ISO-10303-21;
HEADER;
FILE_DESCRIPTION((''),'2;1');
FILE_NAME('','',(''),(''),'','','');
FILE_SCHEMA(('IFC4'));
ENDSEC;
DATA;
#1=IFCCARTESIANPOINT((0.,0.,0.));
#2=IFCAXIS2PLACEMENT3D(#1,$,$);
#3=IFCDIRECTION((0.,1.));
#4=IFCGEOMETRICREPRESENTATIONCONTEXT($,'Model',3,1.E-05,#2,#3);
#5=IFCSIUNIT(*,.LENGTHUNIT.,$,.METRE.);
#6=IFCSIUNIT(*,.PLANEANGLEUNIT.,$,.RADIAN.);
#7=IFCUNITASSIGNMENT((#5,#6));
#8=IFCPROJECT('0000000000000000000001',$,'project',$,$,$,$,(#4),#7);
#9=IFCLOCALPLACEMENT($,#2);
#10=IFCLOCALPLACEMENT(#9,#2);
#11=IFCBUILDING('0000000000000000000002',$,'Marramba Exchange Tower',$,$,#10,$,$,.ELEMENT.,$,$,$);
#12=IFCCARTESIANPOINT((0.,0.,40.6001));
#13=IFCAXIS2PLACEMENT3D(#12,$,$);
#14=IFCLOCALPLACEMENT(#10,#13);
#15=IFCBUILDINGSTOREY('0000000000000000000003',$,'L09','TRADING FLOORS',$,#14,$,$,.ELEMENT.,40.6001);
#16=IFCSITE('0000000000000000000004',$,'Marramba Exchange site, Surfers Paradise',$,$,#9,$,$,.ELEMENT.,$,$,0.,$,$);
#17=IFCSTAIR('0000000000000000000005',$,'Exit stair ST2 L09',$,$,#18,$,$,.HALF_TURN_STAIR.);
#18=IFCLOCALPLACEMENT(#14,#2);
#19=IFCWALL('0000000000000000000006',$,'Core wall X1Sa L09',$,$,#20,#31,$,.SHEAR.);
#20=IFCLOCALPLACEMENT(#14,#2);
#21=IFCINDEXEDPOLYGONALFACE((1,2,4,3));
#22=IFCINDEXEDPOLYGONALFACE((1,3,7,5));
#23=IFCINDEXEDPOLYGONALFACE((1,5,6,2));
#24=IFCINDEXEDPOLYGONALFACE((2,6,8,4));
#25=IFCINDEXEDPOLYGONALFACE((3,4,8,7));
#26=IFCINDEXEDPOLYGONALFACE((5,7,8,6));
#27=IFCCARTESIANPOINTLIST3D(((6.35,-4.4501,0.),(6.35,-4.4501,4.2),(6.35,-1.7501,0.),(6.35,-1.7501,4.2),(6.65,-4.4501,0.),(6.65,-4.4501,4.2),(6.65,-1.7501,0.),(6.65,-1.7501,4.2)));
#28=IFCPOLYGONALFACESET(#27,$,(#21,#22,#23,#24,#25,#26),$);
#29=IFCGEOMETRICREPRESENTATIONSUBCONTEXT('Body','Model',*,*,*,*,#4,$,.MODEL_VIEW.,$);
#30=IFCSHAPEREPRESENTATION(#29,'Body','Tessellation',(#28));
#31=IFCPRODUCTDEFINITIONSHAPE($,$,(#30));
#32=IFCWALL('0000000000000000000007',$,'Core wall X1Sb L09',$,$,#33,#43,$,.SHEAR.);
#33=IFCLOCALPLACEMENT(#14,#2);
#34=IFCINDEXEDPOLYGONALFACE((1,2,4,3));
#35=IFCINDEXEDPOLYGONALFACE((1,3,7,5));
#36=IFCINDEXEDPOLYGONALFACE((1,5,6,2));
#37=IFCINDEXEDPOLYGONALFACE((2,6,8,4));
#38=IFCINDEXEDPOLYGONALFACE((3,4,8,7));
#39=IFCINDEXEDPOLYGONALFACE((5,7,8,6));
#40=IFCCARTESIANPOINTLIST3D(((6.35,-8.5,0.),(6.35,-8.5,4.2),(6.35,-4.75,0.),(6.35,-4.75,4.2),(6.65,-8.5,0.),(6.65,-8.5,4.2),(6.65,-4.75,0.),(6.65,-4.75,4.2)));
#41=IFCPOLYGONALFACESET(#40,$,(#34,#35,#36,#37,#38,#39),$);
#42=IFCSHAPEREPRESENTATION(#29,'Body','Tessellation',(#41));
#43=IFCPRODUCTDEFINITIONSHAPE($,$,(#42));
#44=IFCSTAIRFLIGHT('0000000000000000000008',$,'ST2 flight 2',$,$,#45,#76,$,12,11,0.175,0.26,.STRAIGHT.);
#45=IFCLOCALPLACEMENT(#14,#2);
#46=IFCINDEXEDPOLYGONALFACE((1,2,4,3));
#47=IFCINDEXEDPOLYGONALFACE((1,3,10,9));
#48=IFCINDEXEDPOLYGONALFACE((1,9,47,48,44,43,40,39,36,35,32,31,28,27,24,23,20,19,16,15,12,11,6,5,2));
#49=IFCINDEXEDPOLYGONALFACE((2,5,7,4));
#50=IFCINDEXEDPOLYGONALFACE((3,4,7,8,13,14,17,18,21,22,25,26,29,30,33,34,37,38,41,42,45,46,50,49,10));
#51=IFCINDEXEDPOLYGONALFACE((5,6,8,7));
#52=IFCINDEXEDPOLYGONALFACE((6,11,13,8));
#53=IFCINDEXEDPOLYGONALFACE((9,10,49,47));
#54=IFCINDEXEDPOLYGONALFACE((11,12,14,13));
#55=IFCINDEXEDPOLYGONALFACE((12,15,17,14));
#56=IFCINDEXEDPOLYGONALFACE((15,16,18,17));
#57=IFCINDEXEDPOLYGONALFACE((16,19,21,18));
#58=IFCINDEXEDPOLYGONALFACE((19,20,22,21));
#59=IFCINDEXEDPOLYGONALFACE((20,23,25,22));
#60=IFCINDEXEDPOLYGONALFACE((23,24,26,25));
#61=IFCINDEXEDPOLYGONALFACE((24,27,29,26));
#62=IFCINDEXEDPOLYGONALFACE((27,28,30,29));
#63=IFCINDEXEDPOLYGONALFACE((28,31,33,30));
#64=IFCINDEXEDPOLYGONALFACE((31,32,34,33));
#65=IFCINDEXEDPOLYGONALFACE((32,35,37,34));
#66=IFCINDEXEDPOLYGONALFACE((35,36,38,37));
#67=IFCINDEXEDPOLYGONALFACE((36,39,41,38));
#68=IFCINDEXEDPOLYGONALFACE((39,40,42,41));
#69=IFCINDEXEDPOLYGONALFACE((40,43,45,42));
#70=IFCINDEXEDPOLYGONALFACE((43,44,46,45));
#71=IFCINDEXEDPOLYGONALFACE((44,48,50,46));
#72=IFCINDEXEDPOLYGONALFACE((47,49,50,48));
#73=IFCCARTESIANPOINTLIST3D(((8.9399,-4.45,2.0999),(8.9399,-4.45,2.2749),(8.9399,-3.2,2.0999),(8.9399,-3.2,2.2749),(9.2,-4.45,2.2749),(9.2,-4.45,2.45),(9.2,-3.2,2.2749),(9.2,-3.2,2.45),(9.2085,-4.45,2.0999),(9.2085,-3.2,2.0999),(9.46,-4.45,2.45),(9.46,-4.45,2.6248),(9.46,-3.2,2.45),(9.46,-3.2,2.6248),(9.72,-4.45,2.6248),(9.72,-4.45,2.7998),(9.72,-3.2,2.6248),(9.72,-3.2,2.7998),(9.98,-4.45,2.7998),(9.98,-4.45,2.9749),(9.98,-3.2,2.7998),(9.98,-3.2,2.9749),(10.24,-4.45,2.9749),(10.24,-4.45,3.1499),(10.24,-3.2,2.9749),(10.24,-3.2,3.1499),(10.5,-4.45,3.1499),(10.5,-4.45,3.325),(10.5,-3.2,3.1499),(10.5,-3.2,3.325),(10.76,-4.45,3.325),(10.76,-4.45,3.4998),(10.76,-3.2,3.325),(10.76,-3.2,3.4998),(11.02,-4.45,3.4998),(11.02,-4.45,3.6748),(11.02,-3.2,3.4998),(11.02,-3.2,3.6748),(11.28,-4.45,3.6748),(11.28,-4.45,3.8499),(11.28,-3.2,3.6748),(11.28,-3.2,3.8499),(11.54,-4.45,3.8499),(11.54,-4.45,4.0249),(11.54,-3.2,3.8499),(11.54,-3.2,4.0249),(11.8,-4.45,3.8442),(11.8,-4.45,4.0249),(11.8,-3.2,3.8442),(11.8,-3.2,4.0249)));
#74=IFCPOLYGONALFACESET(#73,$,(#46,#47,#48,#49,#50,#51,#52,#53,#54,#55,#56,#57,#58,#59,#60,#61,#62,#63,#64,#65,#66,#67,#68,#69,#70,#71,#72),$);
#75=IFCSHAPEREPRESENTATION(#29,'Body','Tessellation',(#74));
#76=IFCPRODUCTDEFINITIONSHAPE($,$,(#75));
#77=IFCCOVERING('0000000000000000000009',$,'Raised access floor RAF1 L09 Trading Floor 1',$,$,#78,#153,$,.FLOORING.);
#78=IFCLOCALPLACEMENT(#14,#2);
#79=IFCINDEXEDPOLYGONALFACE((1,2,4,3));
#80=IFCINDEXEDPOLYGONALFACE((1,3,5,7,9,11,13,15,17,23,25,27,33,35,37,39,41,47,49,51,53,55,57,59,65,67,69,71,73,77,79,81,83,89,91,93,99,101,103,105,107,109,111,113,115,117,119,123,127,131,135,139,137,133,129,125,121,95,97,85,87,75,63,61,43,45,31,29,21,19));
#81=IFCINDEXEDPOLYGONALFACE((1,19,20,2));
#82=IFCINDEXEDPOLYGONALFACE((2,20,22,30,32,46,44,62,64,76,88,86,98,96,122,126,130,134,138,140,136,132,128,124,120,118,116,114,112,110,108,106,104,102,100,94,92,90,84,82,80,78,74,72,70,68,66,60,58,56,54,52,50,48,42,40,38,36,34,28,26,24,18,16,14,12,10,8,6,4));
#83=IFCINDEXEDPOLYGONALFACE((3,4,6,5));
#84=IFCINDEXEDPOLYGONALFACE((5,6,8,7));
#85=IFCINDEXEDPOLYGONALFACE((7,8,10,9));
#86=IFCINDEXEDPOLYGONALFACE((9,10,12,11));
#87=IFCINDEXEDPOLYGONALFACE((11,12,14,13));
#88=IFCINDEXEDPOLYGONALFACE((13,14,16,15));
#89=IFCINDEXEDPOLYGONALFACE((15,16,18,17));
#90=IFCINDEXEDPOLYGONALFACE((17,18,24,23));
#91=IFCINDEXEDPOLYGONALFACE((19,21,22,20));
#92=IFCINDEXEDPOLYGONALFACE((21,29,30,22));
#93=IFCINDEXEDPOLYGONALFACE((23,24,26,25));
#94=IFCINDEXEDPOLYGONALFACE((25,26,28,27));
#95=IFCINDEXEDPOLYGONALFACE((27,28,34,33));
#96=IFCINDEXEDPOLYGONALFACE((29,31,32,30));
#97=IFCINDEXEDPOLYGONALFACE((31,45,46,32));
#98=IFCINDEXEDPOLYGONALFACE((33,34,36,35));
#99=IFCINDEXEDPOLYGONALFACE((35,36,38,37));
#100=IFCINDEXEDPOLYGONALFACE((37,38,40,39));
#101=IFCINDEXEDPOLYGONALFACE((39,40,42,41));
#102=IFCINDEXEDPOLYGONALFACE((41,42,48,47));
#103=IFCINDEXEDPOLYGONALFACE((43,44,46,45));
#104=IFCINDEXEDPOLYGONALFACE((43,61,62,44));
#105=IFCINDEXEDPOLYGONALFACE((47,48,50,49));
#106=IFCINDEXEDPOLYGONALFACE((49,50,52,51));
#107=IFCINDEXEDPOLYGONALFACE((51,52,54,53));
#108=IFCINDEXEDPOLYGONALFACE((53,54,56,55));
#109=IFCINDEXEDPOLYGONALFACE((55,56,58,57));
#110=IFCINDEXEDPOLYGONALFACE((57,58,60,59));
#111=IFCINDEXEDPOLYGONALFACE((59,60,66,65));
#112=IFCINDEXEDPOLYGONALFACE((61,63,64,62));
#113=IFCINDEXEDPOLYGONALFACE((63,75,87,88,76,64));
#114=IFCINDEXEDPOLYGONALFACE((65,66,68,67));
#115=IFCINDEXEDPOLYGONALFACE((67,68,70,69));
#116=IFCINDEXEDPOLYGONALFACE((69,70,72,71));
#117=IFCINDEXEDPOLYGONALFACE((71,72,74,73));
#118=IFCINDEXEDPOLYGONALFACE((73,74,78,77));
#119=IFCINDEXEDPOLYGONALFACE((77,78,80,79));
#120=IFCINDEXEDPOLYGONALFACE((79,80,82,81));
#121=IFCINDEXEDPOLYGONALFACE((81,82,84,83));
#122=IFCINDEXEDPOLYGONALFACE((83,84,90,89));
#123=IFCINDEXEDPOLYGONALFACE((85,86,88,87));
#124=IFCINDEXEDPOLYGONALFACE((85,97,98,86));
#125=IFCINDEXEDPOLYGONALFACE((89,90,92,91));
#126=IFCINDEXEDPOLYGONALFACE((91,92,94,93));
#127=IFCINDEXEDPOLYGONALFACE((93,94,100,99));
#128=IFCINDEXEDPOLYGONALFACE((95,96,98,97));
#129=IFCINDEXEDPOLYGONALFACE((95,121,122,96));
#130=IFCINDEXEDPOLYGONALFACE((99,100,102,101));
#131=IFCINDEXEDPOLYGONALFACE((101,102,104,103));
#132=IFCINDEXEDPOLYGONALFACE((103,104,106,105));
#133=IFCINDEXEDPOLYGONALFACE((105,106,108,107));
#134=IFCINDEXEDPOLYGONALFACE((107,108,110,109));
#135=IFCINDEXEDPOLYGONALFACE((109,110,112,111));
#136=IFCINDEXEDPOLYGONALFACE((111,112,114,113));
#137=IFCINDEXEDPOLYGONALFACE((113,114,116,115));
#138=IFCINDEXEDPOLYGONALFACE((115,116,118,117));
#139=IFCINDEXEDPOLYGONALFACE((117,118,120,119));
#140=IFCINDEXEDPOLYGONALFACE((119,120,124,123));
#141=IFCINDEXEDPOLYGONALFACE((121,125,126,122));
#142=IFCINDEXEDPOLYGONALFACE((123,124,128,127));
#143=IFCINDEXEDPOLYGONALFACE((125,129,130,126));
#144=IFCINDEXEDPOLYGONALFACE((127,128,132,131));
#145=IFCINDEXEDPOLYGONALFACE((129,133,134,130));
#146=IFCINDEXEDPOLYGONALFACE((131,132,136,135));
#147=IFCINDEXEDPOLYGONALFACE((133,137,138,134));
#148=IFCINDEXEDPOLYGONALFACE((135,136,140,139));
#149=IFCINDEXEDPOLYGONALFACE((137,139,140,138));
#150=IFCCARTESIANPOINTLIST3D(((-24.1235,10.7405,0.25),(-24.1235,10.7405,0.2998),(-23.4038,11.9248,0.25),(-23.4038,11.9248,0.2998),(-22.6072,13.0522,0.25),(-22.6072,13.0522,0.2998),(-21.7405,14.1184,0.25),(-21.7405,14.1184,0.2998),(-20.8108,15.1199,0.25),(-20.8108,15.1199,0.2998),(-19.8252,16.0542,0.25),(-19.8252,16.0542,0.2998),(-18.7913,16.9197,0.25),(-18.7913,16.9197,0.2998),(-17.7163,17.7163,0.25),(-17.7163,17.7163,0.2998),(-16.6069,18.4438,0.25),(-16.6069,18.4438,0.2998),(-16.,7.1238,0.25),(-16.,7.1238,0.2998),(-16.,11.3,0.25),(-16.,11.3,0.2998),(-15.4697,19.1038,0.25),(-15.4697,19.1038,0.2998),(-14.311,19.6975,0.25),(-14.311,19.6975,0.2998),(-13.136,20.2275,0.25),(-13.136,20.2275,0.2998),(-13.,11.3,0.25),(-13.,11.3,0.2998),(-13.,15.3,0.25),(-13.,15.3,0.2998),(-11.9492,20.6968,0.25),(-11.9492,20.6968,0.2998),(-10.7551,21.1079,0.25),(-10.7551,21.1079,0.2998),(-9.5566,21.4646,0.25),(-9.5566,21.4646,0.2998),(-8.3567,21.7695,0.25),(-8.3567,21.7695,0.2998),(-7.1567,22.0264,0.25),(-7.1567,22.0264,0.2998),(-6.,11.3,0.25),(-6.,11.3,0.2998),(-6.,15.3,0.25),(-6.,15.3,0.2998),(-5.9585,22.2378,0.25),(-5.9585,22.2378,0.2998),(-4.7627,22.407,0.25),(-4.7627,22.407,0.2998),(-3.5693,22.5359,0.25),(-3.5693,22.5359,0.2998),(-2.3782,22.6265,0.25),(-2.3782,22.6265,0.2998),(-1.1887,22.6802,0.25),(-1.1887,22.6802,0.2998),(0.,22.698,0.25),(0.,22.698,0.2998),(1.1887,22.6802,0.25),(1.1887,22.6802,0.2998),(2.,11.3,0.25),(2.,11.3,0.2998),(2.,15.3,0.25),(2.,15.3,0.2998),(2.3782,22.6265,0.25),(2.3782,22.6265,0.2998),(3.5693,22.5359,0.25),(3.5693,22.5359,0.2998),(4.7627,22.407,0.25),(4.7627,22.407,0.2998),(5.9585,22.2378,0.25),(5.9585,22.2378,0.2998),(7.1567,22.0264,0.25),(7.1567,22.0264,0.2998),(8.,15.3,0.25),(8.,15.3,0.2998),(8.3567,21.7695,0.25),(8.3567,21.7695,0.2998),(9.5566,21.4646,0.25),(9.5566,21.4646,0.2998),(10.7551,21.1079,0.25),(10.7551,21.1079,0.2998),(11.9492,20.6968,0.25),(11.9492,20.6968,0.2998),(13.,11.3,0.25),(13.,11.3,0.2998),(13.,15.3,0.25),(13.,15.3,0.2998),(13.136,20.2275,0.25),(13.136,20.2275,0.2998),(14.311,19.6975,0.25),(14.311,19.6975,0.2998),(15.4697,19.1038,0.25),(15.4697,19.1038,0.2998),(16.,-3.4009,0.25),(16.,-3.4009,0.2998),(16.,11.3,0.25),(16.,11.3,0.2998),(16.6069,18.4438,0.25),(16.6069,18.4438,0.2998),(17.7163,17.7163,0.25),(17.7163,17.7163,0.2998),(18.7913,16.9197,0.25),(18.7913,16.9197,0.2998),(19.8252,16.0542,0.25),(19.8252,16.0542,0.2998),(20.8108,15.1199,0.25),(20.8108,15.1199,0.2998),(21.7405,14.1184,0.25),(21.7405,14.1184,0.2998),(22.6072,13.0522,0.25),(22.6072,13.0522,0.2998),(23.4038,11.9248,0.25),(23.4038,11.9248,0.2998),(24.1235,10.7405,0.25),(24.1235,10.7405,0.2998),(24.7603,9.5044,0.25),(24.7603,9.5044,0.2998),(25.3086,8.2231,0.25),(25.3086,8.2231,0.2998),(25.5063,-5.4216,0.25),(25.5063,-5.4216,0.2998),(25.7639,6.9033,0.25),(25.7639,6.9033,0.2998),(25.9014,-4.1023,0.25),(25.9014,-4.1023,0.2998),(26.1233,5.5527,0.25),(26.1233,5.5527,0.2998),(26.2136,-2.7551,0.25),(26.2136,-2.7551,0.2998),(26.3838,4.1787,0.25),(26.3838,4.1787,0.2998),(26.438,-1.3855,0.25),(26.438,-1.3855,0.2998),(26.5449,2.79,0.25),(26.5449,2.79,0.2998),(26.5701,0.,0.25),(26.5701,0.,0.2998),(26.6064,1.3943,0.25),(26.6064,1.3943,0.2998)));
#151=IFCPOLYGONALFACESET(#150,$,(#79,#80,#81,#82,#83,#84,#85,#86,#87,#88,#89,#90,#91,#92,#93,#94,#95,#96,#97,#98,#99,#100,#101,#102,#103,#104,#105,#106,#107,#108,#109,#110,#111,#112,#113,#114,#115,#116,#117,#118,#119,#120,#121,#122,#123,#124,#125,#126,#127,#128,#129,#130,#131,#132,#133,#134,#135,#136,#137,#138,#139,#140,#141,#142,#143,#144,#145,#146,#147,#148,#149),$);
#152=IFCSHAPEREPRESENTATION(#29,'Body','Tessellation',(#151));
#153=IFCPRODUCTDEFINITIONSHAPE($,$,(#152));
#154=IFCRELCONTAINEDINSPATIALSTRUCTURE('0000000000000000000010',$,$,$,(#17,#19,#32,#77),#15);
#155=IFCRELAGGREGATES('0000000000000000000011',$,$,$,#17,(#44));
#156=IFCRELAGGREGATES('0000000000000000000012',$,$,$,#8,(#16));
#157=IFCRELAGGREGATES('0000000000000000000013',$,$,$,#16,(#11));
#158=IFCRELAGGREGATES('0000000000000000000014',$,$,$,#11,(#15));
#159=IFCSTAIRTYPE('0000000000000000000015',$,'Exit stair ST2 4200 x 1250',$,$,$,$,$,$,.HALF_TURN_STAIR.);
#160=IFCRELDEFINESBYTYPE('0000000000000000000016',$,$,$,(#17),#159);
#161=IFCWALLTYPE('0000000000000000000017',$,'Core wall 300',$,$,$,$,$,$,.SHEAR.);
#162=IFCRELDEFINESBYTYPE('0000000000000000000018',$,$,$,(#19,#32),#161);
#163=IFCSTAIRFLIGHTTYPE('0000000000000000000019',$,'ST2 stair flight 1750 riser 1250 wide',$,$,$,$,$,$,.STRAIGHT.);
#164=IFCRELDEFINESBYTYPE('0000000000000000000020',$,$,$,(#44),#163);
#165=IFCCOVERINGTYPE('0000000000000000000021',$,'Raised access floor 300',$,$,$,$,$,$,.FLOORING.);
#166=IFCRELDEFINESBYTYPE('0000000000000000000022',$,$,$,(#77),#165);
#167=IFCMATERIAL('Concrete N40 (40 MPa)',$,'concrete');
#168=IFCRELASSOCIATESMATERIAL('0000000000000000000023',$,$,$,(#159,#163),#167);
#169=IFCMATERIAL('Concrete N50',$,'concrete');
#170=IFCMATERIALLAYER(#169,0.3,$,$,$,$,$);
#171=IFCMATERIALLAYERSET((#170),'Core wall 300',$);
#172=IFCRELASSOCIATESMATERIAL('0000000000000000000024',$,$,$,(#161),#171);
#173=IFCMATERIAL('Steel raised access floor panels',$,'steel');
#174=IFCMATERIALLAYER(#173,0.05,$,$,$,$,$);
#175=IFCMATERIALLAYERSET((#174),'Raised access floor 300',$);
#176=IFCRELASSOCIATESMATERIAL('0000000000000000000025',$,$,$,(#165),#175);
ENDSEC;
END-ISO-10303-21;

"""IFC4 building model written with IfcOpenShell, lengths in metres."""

from ifc_helpers import new_model, si_unit, direction, frame, frame_2d, origin, place, context, subcontext, project, spatial, polyline, rectangle, outline, extrude, material, layer, layer_set, type_object, element, aggregate, save


model = new_model("IFC4")

# Units and contexts
model_context = context("Model", 3, precision=1e-05, world=origin(), true_north=direction((0.0, 1.0)))
body_context = subcontext(model_context, "Body", "Model", "MODEL_VIEW")
ifc_project = project(units=[si_unit("LENGTHUNIT", "METRE"), si_unit("PLANEANGLEUNIT", "RADIAN")], contexts=[model_context])

# Site, building, storey
site_placement = place(None, origin())
site = spatial("IfcSite", under=ifc_project, at=site_placement, Name="Marramba Exchange site, Surfers Paradise", CompositionType="ELEMENT", RefElevation=0.0)
building_placement = place(site_placement, origin())
building = spatial("IfcBuilding", under=site, at=building_placement, Name="Marramba Exchange Tower", CompositionType="ELEMENT")
storey_placement = place(building_placement, frame((0.0, 0.0, 40.6001)))
storey = spatial("IfcBuildingStorey", under=building, at=storey_placement, Name="L09", Description="TRADING FLOORS", CompositionType="ELEMENT", Elevation=40.6001)

# Stair
ifc_material_1 = material(Name="Concrete N40 (40 MPa)", Category="concrete")
stair_type_1 = type_object("IfcStairType", Name="Exit stair ST2 4200 x 1250", PredefinedType="HALF_TURN_STAIR", material=ifc_material_1)
stair_1_placement = place(storey_placement, origin())
stair_1 = element("IfcStair", 1, at=stair_1_placement, inside=storey, type_object=stair_type_1, Name="Exit stair ST2 L09", PredefinedType="HALF_TURN_STAIR")

# Walls
ifc_material_2 = material(Name="Concrete N50", Category="concrete")
ifc_layer_1 = layer(ifc_material_2, 0.3)
ifc_layer_set_1 = layer_set([ifc_layer_1], Name="Core wall 300")
wall_type_1 = type_object("IfcWallType", Name="Core wall 300", PredefinedType="SHEAR", material=ifc_layer_set_1)
wall_1_placement = place(storey_placement, frame((6.5, -1.75, 0.0), z_axis=(0.0, 0.0, 1.0), x_axis=(0.0, -1.0, 0.0)))
element("IfcWall", 2, at=wall_1_placement, inside=storey, type_object=wall_type_1, Name="Core wall X1Sa L09", PredefinedType="SHEAR", context=body_context, shape_type="SweptSolid", body=[
    extrude(rectangle(XDim=2.7, YDim=0.3, at=frame_2d((1.3501, 0.0))), origin(), (0.0, 0.0, 1.0), 4.2),
])
wall_2_placement = place(storey_placement, frame((6.5, -4.75, 0.0), z_axis=(0.0, 0.0, 1.0), x_axis=(0.0, -1.0, 0.0)))
element("IfcWall", 3, at=wall_2_placement, inside=storey, type_object=wall_type_1, Name="Core wall X1Sb L09", PredefinedType="SHEAR", context=body_context, shape_type="SweptSolid", body=[
    extrude(rectangle(XDim=3.75, YDim=0.3, at=frame_2d((1.875, 0.0))), origin(), (0.0, 0.0, 1.0), 4.2),
])

# Stair flight
stair_flight_type = type_object("IfcStairFlightType", Name="ST2 stair flight 1750 riser 1250 wide", PredefinedType="STRAIGHT", material=ifc_material_1)
stair_flight_placement = place(storey_placement, frame((8.9399, -3.825, 2.0999), z_axis=(0.0, 0.0, 1.0), x_axis=(1.0, 0.0, 0.0)))
stair_flight = element("IfcStairFlight", 4, at=stair_flight_placement, type_object=stair_flight_type, Name="ST2 flight 2", NumberOfRisers=12, NumberOfTreads=11, PredefinedType="STRAIGHT", RiserHeight=0.175, TreadLength=0.26, context=body_context, shape_type="SweptSolid", body=[
    extrude(outline(polyline([(0.0, 0.0), (0.0, 0.175), (0.26, 0.175), (0.26, 0.3501), (0.52, 0.3501), (0.52, 0.5249), (0.78, 0.5249), (0.78, 0.7), (1.04, 0.7), (1.04, 0.875), (1.3, 0.875), (1.3, 1.05), (1.5601, 1.05), (1.5601, 1.2251), (1.8201, 1.2251), (1.8201, 1.3999), (2.0801, 1.3999), (2.0801, 1.575), (2.3401, 1.575), (2.3401, 1.75), (2.6001, 1.75), (2.6001, 1.925), (2.8601, 1.925), (2.8601, 2.1001), (2.8601, 1.7444), (0.2686, 0.0), (0.0, 0.0)])), frame((0.0, 0.625, 0.0), z_axis=(0.0, -1.0, 0.0), x_axis=(1.0, 0.0, 0.0)), (0.0, 0.0, 1.0), 1.25),
])
aggregate(stair_1, [stair_flight])

# Covering
ifc_material_3 = material(Name="Steel raised access floor panels", Category="steel")
ifc_layer_2 = layer(ifc_material_3, 0.05)
ifc_layer_set_2 = layer_set([ifc_layer_2], Name="Raised access floor 300")
covering_type_1 = type_object("IfcCoveringType", Name="Raised access floor 300", PredefinedType="FLOORING", material=ifc_layer_set_2)
covering_1_placement = place(storey_placement, frame((0.0, 0.0, 0.25)))
element("IfcCovering", 5, at=covering_1_placement, inside=storey, type_object=covering_type_1, Name="Raised access floor RAF1 L09 Trading Floor 1", PredefinedType="FLOORING", context=body_context, shape_type="SweptSolid", body=[
    extrude(outline(polyline([(13.0, 11.3), (13.0, 15.3), (8.0, 15.3), (2.0, 15.3), (2.0, 11.3), (-6.0, 11.3), (-6.0, 15.3), (-13.0, 15.3), (-13.0, 11.3), (-16.0, 11.3), (-16.0, 7.1238), (-24.1235, 10.7405), (-23.4038, 11.9248), (-22.6072, 13.0522), (-21.7405, 14.1184), (-20.8108, 15.1199), (-19.8252, 16.0542), (-18.7913, 16.9197), (-17.7163, 17.7163), (-16.6069, 18.4438), (-15.4697, 19.1038), (-14.311, 19.6975), (-13.136, 20.2275), (-11.9492, 20.6968), (-10.7551, 21.1079), (-9.5566, 21.4646), (-8.3567, 21.7695), (-7.1567, 22.0264), (-5.9585, 22.2378), (-4.7627, 22.407), (-3.5693, 22.5359), (-2.3782, 22.6265), (-1.1887, 22.6802), (0.0, 22.698), (1.1887, 22.6802), (2.3782, 22.6265), (3.5693, 22.5359), (4.7627, 22.407), (5.9585, 22.2378), (7.1567, 22.0264), (8.3567, 21.7695), (9.5566, 21.4646), (10.7551, 21.1079), (11.9492, 20.6968), (13.136, 20.2275), (14.311, 19.6975), (15.4697, 19.1038), (16.6069, 18.4438), (17.7163, 17.7163), (18.7913, 16.9197), (19.8252, 16.0542), (20.8108, 15.1199), (21.7405, 14.1184), (22.6072, 13.0522), (23.4038, 11.9248), (24.1235, 10.7405), (24.7603, 9.5044), (25.3086, 8.2231), (25.7639, 6.9033), (26.1233, 5.5527), (26.3838, 4.1787), (26.5449, 2.79), (26.6064, 1.3943), (26.5701, 0.0), (26.438, -1.3855), (26.2136, -2.7551), (25.9014, -4.1023), (25.5063, -5.4216), (16.0, -3.4009), (16.0, 11.3), (13.0, 11.3)])), origin(), (0.0, 0.0, 1.0), 0.0498),
])

save(model, "model.ifc")
